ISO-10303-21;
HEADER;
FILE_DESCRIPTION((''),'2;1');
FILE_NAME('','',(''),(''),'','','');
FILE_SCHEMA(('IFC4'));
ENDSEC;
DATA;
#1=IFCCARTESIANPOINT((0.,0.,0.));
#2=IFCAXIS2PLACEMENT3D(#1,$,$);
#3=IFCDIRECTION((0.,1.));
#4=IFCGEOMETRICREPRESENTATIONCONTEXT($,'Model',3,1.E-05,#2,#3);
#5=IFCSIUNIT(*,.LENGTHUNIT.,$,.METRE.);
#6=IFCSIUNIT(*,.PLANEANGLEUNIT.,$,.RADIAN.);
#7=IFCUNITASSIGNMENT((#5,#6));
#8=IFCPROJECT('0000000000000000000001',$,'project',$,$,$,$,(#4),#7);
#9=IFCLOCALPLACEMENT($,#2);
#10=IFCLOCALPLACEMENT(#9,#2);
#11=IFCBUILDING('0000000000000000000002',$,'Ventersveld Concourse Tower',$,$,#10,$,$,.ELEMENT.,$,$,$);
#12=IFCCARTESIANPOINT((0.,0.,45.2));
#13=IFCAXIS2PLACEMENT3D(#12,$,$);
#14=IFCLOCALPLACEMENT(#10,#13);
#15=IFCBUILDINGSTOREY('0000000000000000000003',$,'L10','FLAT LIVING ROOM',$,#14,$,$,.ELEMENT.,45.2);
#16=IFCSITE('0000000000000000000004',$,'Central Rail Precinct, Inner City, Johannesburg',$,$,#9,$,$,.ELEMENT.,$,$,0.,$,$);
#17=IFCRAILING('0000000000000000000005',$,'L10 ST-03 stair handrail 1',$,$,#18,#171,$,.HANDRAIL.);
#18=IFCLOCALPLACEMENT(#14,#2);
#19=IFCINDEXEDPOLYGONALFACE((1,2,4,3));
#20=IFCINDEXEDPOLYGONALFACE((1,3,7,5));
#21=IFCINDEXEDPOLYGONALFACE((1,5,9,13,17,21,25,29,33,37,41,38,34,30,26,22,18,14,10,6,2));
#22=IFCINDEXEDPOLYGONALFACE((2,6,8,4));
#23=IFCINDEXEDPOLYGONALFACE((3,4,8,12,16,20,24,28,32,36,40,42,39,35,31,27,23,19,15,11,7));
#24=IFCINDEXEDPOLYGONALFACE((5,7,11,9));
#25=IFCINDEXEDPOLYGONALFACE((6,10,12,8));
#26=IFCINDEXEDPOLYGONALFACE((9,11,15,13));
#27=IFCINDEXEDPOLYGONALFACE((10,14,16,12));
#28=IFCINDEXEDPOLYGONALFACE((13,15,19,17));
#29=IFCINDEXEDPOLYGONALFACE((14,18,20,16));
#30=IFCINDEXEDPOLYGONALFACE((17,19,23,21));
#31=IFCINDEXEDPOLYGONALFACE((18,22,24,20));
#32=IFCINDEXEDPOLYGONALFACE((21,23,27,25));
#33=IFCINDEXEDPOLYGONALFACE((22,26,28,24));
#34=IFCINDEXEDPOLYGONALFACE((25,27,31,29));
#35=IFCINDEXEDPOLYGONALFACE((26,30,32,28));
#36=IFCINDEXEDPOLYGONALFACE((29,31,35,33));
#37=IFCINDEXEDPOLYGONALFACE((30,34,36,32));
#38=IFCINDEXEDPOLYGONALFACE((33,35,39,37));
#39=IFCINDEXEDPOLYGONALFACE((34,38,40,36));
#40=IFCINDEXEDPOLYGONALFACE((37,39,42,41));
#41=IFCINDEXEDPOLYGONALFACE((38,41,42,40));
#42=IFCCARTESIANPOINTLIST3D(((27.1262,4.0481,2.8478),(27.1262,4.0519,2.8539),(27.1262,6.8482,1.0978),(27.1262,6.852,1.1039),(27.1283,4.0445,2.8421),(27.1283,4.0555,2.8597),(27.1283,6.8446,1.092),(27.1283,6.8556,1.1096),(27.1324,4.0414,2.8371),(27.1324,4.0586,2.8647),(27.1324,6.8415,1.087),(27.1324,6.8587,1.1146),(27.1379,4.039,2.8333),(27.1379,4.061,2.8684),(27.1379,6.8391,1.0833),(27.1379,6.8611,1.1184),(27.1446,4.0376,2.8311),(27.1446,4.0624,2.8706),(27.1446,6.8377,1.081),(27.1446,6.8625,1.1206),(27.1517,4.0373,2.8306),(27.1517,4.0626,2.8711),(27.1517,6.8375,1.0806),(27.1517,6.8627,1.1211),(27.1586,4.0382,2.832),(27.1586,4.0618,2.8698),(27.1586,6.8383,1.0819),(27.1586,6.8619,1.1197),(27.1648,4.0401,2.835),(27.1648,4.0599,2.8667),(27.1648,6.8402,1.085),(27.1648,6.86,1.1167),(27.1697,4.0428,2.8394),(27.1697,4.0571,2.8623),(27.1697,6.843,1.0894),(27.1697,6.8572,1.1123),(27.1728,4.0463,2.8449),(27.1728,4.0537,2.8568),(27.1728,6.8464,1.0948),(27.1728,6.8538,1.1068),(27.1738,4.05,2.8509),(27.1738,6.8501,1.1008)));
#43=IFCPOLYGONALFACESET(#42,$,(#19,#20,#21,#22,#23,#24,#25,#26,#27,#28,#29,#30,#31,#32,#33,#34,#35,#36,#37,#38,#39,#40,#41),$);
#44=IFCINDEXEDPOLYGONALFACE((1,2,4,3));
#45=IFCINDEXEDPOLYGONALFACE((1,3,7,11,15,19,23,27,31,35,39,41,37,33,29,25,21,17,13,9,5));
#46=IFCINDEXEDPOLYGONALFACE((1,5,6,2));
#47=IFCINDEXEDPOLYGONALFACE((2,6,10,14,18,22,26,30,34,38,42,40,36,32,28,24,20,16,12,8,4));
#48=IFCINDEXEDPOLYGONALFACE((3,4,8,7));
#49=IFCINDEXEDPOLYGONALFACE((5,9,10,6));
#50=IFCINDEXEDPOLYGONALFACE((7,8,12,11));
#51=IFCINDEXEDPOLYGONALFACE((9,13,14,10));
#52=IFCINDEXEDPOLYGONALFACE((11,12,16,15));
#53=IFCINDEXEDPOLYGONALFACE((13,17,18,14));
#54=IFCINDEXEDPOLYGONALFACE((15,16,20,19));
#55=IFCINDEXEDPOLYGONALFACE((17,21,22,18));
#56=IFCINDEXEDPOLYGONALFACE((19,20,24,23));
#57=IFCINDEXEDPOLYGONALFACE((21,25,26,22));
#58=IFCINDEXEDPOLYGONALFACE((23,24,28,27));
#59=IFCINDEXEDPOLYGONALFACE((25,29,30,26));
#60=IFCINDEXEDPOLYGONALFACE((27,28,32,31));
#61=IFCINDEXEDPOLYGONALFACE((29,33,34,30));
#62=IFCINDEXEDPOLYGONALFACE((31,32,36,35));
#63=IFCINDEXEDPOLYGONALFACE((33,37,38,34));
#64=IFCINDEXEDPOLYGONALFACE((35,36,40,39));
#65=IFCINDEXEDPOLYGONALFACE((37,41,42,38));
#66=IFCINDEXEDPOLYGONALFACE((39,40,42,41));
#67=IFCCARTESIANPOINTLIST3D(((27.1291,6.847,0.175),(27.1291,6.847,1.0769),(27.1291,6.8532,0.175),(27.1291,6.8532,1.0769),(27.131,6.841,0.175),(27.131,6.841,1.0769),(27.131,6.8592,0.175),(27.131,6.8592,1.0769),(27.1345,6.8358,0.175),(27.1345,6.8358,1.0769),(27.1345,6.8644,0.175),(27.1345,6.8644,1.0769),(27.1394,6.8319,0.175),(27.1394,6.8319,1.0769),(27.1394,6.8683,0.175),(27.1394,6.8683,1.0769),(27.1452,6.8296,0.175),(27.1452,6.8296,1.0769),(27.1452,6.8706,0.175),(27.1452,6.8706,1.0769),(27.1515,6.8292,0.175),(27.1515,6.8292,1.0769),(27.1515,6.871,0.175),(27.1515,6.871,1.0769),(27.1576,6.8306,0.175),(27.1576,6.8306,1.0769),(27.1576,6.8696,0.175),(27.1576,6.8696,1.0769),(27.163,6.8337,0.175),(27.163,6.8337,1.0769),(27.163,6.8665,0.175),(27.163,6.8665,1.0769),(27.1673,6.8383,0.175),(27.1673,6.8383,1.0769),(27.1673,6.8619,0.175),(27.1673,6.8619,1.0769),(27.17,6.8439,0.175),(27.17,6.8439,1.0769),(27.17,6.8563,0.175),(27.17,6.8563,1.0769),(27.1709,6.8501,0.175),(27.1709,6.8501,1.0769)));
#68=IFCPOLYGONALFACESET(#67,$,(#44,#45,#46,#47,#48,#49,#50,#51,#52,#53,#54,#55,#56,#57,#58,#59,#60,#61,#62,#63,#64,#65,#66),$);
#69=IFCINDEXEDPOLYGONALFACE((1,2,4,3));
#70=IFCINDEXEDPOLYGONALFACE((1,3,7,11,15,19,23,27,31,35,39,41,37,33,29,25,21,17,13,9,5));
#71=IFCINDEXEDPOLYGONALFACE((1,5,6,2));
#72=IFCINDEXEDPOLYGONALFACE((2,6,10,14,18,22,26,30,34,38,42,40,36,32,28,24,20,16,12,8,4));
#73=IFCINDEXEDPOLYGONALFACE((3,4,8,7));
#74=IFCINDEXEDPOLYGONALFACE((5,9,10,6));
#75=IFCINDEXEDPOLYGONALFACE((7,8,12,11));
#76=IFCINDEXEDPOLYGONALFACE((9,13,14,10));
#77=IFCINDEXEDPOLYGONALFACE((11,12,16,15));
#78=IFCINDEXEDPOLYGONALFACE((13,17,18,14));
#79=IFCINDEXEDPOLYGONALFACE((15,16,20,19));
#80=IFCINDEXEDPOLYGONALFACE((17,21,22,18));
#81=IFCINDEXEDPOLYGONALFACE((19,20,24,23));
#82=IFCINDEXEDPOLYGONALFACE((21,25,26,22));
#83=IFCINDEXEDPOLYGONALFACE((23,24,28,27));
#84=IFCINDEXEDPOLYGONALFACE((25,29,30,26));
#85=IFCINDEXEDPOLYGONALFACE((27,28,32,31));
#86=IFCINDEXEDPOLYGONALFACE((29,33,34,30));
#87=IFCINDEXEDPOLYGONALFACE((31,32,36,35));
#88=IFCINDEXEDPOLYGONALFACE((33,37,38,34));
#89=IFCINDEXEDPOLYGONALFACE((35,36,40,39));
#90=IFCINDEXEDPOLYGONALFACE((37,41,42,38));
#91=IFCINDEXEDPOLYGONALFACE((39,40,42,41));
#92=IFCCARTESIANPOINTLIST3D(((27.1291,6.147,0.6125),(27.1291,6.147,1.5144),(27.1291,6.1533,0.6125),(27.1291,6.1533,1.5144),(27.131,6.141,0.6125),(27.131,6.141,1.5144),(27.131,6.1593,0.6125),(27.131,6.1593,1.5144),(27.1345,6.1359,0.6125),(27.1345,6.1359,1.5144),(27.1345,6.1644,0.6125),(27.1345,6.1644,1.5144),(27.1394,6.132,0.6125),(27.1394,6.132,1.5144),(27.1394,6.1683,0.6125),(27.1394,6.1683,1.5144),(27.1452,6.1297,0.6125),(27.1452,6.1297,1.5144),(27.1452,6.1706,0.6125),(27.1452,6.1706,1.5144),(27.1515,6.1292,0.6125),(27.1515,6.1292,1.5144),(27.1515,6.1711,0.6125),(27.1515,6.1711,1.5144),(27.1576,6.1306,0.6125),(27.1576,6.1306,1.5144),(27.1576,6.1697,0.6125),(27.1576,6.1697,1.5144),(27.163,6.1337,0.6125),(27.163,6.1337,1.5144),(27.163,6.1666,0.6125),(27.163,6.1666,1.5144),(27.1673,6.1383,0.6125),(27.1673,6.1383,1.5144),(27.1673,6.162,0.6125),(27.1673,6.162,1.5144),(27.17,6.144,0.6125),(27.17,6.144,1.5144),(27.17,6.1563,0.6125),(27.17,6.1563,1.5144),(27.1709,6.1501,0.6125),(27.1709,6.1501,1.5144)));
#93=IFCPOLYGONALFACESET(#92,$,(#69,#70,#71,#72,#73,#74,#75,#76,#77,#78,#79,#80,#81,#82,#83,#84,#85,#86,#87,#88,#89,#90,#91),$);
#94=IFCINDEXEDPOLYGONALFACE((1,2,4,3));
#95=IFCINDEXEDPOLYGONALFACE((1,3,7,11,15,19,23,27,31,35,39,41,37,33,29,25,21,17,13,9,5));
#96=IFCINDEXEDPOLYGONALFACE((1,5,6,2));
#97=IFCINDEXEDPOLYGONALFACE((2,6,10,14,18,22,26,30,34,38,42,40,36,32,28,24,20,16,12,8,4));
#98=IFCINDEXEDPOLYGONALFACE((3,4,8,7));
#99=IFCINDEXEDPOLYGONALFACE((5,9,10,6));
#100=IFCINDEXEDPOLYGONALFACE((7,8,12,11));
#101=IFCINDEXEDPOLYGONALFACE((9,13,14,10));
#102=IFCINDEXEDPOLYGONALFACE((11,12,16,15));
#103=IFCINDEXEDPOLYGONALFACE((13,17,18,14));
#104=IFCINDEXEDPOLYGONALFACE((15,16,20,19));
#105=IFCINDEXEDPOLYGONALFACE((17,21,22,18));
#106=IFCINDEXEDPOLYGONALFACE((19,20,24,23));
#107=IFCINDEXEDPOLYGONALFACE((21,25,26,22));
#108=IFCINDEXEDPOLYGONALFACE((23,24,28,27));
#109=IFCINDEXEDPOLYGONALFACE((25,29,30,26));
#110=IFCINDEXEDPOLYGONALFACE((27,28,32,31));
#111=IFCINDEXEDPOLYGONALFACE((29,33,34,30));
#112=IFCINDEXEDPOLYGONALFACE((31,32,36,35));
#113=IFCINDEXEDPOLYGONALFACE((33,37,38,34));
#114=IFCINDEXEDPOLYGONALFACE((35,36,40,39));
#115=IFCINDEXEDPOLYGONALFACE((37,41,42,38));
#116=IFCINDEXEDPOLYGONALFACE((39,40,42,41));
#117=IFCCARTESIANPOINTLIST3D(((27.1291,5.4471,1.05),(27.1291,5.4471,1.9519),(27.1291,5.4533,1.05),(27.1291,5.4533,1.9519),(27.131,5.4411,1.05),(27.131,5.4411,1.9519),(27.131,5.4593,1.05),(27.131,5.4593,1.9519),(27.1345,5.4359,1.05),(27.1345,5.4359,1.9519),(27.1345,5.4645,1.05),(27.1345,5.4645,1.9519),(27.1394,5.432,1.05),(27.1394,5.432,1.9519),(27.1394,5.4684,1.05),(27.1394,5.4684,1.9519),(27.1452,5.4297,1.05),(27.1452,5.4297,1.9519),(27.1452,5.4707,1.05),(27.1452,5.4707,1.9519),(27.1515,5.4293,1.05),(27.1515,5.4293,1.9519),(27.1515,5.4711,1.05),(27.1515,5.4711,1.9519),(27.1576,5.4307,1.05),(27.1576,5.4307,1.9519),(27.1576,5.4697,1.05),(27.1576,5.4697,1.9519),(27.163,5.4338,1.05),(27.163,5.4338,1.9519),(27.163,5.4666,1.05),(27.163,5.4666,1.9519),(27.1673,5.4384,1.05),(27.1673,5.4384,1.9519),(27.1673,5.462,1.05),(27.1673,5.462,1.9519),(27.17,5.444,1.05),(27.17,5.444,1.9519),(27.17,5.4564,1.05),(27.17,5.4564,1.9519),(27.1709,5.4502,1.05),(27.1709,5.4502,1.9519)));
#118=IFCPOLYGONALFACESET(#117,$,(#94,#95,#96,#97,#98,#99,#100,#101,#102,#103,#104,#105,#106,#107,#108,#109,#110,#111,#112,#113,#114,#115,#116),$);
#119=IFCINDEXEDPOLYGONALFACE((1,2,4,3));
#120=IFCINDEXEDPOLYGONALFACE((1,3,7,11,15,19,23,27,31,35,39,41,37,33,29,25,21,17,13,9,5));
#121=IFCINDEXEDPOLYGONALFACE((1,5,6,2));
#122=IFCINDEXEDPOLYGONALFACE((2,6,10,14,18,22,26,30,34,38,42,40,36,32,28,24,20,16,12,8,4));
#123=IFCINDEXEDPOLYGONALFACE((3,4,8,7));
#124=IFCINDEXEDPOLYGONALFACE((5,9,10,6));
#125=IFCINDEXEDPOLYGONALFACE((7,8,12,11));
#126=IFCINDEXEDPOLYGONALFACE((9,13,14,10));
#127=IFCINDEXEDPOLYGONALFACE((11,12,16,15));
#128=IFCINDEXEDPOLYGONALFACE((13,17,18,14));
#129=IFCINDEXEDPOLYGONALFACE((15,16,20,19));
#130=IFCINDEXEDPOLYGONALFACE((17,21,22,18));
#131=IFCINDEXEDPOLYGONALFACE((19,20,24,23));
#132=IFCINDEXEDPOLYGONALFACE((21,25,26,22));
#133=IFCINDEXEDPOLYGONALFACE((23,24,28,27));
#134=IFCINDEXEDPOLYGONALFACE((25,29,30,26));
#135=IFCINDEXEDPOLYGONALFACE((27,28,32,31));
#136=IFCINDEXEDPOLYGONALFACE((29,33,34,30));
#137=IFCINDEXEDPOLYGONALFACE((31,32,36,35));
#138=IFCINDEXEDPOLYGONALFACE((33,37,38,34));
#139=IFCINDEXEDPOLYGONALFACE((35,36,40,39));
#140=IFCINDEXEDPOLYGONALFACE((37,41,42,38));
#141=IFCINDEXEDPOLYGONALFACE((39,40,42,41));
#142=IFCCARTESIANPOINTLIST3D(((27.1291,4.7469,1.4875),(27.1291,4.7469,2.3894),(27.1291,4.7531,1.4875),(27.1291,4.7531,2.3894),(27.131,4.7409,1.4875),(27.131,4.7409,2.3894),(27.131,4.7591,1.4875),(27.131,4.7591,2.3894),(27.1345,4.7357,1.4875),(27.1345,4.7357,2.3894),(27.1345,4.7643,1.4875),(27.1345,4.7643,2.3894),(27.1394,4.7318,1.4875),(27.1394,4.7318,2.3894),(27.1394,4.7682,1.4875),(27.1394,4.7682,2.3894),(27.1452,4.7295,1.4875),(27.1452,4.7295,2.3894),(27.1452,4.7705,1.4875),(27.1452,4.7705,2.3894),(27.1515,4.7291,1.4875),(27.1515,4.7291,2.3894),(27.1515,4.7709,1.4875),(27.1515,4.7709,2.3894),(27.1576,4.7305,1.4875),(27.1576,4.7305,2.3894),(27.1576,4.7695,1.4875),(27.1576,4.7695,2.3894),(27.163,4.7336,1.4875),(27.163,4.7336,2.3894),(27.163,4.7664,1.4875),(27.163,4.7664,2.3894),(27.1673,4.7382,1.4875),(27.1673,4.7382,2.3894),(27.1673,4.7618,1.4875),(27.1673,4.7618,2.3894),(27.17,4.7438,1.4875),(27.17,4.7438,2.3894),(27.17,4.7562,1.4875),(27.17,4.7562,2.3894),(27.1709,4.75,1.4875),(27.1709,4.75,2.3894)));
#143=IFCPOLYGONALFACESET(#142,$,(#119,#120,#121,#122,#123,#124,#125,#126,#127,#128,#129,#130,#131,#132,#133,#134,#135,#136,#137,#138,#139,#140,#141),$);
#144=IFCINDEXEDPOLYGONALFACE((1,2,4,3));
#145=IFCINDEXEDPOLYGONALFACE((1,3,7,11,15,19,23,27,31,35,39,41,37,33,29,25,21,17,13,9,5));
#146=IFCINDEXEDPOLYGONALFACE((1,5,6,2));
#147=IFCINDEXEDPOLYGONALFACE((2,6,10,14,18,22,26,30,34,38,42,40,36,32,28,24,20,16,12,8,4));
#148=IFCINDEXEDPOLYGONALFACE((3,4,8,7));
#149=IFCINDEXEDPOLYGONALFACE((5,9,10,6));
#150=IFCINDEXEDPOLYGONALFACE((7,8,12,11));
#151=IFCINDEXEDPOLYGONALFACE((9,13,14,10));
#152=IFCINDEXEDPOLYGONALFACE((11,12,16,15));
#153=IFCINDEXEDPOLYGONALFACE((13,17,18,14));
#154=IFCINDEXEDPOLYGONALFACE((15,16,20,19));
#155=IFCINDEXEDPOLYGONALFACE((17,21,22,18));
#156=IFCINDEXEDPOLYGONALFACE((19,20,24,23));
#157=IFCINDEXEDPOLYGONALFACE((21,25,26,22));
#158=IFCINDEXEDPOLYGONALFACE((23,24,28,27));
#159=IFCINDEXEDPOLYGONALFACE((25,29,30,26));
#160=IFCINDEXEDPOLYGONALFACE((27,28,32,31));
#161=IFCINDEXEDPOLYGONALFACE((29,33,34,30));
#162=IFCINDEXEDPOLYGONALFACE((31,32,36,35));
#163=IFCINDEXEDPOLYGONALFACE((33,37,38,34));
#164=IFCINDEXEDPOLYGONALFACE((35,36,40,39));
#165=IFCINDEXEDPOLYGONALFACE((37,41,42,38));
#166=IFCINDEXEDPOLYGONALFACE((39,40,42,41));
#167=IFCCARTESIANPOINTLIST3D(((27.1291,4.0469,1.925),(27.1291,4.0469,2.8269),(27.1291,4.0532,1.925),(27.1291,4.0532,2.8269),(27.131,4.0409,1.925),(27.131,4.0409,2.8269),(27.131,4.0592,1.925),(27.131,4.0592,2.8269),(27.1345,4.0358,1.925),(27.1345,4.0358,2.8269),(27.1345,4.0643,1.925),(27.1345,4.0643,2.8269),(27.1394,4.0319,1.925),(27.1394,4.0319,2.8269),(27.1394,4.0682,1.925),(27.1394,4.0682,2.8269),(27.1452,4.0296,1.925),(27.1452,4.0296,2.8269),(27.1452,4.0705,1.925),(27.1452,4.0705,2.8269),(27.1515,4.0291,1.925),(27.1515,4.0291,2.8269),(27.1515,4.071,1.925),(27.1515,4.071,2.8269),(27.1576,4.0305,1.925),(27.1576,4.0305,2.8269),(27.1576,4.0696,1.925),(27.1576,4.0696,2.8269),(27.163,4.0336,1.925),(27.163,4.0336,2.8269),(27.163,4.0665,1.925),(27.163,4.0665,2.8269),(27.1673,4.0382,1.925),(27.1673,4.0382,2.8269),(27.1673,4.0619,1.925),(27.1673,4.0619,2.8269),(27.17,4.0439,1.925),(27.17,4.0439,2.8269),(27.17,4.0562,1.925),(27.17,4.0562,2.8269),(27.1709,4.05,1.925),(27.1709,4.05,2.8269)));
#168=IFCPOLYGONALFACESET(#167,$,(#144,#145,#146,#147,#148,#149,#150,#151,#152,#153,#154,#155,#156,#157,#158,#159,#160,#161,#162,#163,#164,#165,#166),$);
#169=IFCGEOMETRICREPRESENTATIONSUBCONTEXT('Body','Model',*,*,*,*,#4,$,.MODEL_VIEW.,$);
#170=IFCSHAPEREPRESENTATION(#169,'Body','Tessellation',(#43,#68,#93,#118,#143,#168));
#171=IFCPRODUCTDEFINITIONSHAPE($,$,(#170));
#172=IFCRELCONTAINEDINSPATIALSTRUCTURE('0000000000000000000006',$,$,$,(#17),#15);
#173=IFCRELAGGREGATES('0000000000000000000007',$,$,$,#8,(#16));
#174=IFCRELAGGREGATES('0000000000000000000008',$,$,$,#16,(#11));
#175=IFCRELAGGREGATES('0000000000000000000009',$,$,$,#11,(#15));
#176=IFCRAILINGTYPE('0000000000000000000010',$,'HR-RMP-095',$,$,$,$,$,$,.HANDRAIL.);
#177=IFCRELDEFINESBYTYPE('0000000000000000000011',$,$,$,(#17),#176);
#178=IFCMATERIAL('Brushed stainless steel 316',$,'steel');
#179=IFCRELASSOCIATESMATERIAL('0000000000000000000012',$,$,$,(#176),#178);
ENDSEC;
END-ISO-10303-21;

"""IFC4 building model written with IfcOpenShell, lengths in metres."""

from ifc_helpers import new_model, si_unit, direction, frame, origin, origin_2d, place, context, subcontext, project, spatial, circle, extrude, material, type_object, element, save


model = new_model("IFC4")

# Units and contexts
model_context = context("Model", 3, precision=1e-05, world=origin(), true_north=direction((0.0, 1.0)))
body_context = subcontext(model_context, "Body", "Model", "MODEL_VIEW")
ifc_project = project(units=[si_unit("LENGTHUNIT", "METRE"), si_unit("PLANEANGLEUNIT", "RADIAN")], contexts=[model_context])

# Site, building, storey
site_placement = place(None, origin())
site = spatial("IfcSite", under=ifc_project, at=site_placement, Name="Central Rail Precinct, Inner City, Johannesburg", CompositionType="ELEMENT", RefElevation=0.0)
building_placement = place(site_placement, origin())
building = spatial("IfcBuilding", under=site, at=building_placement, Name="Ventersveld Concourse Tower", CompositionType="ELEMENT")
storey_placement = place(building_placement, frame((0.0, 0.0, 45.2)))
storey = spatial("IfcBuildingStorey", under=building, at=storey_placement, Name="L10", Description="FLAT LIVING ROOM", CompositionType="ELEMENT", Elevation=45.2)

# Shared definitions
ifc_material_1 = material(Name="Brushed stainless steel 316", Category="steel")

# Railing
railing_type_1 = type_object("IfcRailingType", Name="HR-RMP-095", PredefinedType="HANDRAIL", material=ifc_material_1)
railing_1_placement = place(storey_placement, frame((27.1499, 6.8501, 0.175)))
element("IfcRailing", 1, at=railing_1_placement, inside=storey, type_object=railing_type_1, Name="L10 ST-03 stair handrail 1", PredefinedType="HANDRAIL", context=body_context, shape_type="SweptSolid", body=[
    extrude(circle(Radius=0.0239, at=origin_2d()), frame((0.0, 0.0, 0.9258), z_axis=(0.0, -0.848002, 0.529992), x_axis=(1.0, 0.0, 0.0)), (0.0, 0.0, 1.0), 3.302),
    extrude(circle(Radius=0.021, at=origin_2d()), origin(), (0.0, 0.0, 1.0), 0.9019),
    extrude(circle(Radius=0.021, at=origin_2d()), frame((0.0, -0.7, 0.4375)), (0.0, 0.0, 1.0), 0.9019),
    extrude(circle(Radius=0.021, at=origin_2d()), frame((0.0, -1.3999, 0.875)), (0.0, 0.0, 1.0), 0.9019),
    extrude(circle(Radius=0.021, at=origin_2d()), frame((0.0, -2.1001, 1.3125)), (0.0, 0.0, 1.0), 0.9019),
    extrude(circle(Radius=0.021, at=origin_2d()), frame((0.0, -2.8, 1.75)), (0.0, 0.0, 1.0), 0.9019),
])

save(model, "model.ifc")
